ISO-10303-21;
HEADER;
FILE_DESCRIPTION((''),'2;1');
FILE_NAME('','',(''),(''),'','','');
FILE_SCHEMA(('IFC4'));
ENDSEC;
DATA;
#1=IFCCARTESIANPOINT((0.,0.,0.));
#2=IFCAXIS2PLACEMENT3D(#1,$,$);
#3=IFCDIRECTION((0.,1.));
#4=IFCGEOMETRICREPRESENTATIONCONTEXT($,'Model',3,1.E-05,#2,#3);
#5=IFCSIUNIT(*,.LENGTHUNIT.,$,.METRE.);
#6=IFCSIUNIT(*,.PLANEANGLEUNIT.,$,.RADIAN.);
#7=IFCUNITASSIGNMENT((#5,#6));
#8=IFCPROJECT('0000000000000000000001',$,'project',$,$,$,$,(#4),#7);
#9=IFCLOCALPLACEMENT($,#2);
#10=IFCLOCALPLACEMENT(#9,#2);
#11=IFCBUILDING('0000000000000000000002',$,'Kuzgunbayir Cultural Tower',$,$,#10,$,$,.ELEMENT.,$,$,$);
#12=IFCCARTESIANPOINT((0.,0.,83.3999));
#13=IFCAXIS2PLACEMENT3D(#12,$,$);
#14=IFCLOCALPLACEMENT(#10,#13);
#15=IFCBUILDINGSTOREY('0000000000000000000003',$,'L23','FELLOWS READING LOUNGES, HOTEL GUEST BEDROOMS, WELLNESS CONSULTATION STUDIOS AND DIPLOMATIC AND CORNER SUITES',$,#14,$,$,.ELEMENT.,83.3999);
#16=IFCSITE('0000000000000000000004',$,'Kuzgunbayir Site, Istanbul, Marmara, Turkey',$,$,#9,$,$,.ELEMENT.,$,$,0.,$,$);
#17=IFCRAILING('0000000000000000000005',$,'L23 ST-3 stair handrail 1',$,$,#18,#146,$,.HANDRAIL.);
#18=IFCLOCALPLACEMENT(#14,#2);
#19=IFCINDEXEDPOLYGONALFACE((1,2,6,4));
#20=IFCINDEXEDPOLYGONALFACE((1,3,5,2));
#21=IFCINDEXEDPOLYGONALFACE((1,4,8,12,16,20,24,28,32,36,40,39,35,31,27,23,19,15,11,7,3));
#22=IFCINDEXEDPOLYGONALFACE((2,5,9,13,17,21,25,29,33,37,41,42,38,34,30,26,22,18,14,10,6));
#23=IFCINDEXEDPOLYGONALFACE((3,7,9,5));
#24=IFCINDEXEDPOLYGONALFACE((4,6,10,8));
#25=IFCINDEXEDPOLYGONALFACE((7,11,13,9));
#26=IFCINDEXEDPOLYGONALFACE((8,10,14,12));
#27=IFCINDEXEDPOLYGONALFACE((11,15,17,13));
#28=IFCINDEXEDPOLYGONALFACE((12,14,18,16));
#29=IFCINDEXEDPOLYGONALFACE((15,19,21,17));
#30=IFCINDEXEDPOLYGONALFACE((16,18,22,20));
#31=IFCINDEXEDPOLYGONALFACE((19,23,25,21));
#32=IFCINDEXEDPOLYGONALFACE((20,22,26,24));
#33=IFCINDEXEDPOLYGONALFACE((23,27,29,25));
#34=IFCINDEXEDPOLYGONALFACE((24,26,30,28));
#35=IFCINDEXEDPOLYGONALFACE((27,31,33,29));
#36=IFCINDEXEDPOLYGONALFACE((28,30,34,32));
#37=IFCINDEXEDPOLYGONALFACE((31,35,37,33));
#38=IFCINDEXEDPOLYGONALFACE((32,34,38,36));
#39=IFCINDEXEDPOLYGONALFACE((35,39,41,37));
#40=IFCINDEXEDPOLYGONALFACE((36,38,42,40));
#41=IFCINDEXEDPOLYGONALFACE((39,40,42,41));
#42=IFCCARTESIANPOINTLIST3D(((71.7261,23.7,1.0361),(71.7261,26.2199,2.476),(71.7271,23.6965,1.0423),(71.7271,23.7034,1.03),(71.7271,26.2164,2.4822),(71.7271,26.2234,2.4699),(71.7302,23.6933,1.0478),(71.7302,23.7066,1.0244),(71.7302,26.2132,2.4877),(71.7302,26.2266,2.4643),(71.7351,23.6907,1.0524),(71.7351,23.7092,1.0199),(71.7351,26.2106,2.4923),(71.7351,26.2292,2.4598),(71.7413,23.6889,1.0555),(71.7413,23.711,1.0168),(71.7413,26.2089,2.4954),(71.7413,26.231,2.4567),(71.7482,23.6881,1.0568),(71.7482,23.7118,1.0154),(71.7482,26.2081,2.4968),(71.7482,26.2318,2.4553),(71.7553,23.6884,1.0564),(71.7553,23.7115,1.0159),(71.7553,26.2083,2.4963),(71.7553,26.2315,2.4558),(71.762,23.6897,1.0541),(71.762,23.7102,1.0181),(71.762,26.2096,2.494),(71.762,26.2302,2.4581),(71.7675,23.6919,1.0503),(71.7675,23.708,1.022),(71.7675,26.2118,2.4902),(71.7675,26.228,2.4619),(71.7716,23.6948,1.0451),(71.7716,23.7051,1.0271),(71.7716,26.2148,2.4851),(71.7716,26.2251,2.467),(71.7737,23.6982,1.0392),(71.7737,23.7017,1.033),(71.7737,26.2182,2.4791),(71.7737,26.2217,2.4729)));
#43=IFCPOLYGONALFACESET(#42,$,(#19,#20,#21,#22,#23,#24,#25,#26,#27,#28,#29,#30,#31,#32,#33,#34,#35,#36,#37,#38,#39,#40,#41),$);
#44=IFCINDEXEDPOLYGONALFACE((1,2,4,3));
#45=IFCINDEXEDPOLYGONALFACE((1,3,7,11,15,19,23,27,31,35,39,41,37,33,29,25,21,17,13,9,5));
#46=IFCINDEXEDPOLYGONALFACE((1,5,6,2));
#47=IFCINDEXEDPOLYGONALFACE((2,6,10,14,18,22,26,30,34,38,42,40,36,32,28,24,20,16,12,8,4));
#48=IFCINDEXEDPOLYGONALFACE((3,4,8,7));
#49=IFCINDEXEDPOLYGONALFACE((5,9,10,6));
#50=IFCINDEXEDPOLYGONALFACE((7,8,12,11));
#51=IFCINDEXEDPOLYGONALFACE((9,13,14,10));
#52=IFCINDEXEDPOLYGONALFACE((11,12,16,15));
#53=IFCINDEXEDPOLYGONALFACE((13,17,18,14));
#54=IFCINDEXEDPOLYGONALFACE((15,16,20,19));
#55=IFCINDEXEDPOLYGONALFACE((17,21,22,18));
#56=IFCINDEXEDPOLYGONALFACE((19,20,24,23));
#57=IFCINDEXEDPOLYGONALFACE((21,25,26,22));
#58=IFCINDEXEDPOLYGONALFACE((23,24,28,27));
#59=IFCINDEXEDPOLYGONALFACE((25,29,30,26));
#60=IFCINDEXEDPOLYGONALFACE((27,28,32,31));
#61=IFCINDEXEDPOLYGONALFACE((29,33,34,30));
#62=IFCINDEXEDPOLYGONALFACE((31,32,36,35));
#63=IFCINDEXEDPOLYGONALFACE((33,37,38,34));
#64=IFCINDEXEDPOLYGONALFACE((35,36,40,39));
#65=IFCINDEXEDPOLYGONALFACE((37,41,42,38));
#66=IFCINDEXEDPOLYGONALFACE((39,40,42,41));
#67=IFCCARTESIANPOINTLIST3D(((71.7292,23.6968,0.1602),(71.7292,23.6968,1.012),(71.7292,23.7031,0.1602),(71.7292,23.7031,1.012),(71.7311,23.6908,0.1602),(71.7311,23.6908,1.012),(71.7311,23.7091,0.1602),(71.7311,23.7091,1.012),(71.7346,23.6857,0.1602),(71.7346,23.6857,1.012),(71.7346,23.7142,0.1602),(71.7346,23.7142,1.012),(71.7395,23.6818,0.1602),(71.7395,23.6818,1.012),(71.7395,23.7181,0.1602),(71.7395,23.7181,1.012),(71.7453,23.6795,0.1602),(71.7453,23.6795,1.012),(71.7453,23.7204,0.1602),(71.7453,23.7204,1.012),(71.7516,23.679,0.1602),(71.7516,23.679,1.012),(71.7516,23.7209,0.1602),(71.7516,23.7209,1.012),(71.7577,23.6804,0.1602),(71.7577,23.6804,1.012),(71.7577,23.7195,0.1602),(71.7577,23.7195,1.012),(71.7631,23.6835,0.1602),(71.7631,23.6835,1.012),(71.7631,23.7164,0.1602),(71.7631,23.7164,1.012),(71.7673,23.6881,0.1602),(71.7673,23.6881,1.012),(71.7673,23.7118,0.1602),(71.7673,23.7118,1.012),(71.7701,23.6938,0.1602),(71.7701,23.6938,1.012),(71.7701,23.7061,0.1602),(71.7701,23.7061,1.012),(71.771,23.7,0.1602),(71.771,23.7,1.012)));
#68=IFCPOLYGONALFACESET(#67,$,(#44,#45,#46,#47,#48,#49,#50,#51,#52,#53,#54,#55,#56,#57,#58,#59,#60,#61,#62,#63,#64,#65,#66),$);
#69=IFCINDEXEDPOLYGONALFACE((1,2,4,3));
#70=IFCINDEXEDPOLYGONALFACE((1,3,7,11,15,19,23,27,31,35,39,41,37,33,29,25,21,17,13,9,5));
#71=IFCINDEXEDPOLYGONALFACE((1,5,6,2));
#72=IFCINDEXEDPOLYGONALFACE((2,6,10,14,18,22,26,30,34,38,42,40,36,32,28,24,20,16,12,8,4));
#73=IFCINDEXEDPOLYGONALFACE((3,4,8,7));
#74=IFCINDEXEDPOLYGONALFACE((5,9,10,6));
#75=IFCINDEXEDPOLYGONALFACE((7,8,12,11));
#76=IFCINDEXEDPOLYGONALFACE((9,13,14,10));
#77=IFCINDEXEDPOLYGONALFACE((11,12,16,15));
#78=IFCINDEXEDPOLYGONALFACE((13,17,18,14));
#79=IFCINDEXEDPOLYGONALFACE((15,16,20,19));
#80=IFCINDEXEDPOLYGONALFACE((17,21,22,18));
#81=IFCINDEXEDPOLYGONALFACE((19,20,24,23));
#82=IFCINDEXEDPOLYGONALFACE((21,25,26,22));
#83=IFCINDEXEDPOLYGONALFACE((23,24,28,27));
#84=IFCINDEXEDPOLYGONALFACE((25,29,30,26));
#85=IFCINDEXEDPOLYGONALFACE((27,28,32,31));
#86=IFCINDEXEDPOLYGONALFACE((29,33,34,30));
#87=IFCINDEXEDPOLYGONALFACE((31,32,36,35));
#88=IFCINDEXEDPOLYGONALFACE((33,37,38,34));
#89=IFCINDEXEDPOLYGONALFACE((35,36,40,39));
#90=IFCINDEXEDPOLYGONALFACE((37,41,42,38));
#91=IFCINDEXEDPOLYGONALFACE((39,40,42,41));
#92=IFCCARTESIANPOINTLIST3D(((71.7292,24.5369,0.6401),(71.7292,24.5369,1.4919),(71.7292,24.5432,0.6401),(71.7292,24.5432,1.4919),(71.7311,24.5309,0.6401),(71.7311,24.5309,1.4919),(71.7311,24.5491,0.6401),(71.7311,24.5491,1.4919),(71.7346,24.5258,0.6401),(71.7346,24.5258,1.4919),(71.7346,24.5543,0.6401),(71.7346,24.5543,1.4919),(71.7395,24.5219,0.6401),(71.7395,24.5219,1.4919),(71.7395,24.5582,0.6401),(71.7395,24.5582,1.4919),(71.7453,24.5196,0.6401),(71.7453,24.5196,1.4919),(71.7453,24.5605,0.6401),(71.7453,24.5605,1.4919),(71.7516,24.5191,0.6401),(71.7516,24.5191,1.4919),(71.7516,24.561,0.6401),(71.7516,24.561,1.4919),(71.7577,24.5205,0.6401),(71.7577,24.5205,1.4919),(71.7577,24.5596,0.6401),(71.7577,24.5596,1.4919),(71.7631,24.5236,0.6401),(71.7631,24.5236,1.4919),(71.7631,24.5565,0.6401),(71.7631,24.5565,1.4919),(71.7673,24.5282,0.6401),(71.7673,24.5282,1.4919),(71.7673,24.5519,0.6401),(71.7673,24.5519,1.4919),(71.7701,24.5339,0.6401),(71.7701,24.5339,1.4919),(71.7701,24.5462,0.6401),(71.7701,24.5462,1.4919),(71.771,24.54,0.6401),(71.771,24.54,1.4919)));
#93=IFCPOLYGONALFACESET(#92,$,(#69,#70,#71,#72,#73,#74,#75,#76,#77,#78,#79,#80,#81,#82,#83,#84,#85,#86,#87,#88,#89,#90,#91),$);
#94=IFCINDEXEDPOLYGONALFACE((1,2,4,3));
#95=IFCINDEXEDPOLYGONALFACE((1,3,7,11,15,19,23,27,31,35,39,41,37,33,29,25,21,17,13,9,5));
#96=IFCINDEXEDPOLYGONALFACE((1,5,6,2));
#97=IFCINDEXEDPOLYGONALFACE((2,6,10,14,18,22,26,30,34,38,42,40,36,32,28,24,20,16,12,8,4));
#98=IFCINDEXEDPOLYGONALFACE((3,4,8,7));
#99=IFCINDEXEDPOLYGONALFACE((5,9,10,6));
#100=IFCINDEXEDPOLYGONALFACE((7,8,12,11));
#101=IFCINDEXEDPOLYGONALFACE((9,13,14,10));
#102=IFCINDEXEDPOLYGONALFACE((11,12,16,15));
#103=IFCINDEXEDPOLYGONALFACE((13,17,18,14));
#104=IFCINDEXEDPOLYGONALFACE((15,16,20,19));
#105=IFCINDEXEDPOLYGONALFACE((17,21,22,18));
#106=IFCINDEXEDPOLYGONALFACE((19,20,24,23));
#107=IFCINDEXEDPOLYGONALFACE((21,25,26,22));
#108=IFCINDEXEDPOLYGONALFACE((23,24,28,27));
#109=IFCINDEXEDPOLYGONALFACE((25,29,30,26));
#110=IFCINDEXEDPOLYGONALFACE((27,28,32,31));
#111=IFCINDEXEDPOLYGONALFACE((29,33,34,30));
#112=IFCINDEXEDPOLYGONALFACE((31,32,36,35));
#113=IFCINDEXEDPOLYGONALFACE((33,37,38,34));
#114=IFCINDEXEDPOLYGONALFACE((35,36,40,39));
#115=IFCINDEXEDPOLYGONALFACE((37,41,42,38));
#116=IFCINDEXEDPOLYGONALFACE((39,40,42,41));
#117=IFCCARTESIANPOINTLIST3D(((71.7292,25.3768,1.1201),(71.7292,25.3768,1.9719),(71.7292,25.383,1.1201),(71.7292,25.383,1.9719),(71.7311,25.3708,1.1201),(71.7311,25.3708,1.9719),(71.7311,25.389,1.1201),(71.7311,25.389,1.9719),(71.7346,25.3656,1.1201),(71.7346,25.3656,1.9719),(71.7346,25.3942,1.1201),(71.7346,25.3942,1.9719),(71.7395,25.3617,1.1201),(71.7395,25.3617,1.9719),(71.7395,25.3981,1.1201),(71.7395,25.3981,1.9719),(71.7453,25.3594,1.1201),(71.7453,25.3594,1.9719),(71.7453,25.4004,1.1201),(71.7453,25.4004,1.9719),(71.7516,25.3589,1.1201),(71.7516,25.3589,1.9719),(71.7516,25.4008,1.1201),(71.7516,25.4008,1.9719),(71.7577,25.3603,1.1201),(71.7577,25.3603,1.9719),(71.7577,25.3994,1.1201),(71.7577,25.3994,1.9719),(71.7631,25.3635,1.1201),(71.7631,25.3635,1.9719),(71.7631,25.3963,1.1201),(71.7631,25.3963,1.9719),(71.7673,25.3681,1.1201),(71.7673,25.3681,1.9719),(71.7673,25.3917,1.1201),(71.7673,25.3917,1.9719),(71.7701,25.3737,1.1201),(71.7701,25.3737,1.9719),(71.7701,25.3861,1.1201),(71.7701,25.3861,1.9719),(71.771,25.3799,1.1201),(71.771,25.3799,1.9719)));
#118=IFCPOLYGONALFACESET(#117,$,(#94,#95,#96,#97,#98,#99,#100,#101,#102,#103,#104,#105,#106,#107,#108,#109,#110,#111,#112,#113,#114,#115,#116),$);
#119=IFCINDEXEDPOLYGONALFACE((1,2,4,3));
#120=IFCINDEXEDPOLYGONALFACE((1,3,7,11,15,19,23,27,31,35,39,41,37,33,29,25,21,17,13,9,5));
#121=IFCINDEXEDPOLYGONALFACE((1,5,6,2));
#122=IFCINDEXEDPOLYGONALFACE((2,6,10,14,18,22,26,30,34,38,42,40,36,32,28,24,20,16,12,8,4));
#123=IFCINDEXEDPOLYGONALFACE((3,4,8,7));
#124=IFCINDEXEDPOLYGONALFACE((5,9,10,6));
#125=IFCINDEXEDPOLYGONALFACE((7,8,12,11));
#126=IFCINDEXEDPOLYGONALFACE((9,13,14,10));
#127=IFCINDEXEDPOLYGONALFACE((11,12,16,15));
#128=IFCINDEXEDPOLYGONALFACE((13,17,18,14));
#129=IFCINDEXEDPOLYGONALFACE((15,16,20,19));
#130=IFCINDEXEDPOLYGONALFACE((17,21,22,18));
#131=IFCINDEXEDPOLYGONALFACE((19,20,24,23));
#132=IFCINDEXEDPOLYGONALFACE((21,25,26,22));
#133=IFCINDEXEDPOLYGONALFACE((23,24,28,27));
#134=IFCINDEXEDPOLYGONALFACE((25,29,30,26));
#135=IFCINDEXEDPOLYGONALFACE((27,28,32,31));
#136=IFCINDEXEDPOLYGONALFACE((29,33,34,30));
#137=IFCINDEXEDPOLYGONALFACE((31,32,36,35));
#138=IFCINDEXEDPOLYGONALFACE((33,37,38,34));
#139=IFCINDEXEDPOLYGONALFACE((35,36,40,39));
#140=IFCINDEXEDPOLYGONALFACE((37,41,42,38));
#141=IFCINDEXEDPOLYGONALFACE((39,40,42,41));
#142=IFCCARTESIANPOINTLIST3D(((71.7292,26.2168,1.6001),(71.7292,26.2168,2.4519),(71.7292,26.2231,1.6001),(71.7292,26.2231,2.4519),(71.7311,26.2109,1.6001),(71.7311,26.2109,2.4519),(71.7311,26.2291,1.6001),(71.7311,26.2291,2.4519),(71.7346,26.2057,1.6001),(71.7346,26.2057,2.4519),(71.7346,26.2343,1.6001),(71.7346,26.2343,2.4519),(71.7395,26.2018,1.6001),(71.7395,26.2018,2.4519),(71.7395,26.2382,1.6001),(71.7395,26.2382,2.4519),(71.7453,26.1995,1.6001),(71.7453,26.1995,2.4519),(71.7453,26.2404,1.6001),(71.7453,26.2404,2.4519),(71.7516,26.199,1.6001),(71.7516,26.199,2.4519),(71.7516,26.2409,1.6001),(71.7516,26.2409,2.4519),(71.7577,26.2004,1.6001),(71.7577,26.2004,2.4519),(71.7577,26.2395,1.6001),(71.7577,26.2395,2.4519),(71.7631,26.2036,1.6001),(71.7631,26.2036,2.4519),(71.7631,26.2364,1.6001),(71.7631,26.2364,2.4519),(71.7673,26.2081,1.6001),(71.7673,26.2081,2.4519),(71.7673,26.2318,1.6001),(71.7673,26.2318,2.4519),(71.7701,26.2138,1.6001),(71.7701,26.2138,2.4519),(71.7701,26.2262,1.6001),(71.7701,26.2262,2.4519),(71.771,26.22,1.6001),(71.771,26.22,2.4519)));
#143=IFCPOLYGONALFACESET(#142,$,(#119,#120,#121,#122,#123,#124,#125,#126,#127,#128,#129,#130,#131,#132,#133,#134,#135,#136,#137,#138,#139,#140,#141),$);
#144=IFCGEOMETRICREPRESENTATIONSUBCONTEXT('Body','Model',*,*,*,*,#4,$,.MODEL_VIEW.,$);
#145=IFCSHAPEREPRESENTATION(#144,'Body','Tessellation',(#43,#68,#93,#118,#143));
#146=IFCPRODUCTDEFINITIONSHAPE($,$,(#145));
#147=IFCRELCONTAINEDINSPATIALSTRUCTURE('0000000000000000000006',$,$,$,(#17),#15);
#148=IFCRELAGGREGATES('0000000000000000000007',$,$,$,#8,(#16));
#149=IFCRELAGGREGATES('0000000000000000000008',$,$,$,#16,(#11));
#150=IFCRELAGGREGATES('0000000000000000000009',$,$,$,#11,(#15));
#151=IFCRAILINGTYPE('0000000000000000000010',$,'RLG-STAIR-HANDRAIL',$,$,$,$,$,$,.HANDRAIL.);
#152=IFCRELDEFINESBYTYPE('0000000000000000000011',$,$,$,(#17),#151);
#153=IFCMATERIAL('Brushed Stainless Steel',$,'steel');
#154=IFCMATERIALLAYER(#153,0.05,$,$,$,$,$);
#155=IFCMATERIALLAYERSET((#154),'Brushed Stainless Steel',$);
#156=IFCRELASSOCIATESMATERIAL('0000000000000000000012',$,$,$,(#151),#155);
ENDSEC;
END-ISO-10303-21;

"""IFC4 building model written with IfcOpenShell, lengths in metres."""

from ifc_helpers import new_model, si_unit, direction, frame, origin, origin_2d, place, context, subcontext, project, spatial, circle, extrude, material, layer, layer_set, type_object, element, save


model = new_model("IFC4")

# Units and contexts
model_context = context("Model", 3, precision=1e-05, world=origin(), true_north=direction((0.0, 1.0)))
body_context = subcontext(model_context, "Body", "Model", "MODEL_VIEW")
ifc_project = project(units=[si_unit("LENGTHUNIT", "METRE"), si_unit("PLANEANGLEUNIT", "RADIAN")], contexts=[model_context])

# Site, building, storey
site_placement = place(None, origin())
site = spatial("IfcSite", under=ifc_project, at=site_placement, Name="Kuzgunbayir Site, Istanbul, Marmara, Turkey", CompositionType="ELEMENT", RefElevation=0.0)
building_placement = place(site_placement, origin())
building = spatial("IfcBuilding", under=site, at=building_placement, Name="Kuzgunbayir Cultural Tower", CompositionType="ELEMENT")
storey_placement = place(building_placement, frame((0.0, 0.0, 83.3999)))
storey = spatial("IfcBuildingStorey", under=building, at=storey_placement, Name="L23", Description="FELLOWS READING LOUNGES, HOTEL GUEST BEDROOMS, WELLNESS CONSULTATION STUDIOS AND DIPLOMATIC AND CORNER SUITES", CompositionType="ELEMENT", Elevation=83.3999)

# Railing
ifc_material_1 = material(Name="Brushed Stainless Steel", Category="steel")
ifc_layer_1 = layer(ifc_material_1, 0.05)
ifc_layer_set_1 = layer_set([ifc_layer_1], Name="Brushed Stainless Steel")
railing_type_1 = type_object("IfcRailingType", Name="RLG-STAIR-HANDRAIL", PredefinedType="HANDRAIL", material=ifc_layer_set_1)
railing_1_placement = place(storey_placement, frame((71.75, 23.7, 0.1602)))
element("IfcRailing", 1, at=railing_1_placement, inside=storey, type_object=railing_type_1, Name="L23 ST-3 stair handrail 1", PredefinedType="HANDRAIL", context=body_context, shape_type="SweptSolid", body=[
    extrude(circle(Radius=0.0239, at=origin_2d()), frame((0.0, 0.0, 0.876), z_axis=(0.0, 0.868253, 0.496121), x_axis=(-1.0, 0.0, 0.0)), (0.0, 0.0, 1.0), 2.9023),
    extrude(circle(Radius=0.021, at=origin_2d()), origin(), (0.0, 0.0, 1.0), 0.8518),
    extrude(circle(Radius=0.021, at=origin_2d()), frame((0.0, 0.8401, 0.48)), (0.0, 0.0, 1.0), 0.8518),
    extrude(circle(Radius=0.021, at=origin_2d()), frame((0.0, 1.6799, 0.96)), (0.0, 0.0, 1.0), 0.8518),
    extrude(circle(Radius=0.021, at=origin_2d()), frame((0.0, 2.52, 1.4399)), (0.0, 0.0, 1.0), 0.8518),
])

save(model, "model.ifc")
